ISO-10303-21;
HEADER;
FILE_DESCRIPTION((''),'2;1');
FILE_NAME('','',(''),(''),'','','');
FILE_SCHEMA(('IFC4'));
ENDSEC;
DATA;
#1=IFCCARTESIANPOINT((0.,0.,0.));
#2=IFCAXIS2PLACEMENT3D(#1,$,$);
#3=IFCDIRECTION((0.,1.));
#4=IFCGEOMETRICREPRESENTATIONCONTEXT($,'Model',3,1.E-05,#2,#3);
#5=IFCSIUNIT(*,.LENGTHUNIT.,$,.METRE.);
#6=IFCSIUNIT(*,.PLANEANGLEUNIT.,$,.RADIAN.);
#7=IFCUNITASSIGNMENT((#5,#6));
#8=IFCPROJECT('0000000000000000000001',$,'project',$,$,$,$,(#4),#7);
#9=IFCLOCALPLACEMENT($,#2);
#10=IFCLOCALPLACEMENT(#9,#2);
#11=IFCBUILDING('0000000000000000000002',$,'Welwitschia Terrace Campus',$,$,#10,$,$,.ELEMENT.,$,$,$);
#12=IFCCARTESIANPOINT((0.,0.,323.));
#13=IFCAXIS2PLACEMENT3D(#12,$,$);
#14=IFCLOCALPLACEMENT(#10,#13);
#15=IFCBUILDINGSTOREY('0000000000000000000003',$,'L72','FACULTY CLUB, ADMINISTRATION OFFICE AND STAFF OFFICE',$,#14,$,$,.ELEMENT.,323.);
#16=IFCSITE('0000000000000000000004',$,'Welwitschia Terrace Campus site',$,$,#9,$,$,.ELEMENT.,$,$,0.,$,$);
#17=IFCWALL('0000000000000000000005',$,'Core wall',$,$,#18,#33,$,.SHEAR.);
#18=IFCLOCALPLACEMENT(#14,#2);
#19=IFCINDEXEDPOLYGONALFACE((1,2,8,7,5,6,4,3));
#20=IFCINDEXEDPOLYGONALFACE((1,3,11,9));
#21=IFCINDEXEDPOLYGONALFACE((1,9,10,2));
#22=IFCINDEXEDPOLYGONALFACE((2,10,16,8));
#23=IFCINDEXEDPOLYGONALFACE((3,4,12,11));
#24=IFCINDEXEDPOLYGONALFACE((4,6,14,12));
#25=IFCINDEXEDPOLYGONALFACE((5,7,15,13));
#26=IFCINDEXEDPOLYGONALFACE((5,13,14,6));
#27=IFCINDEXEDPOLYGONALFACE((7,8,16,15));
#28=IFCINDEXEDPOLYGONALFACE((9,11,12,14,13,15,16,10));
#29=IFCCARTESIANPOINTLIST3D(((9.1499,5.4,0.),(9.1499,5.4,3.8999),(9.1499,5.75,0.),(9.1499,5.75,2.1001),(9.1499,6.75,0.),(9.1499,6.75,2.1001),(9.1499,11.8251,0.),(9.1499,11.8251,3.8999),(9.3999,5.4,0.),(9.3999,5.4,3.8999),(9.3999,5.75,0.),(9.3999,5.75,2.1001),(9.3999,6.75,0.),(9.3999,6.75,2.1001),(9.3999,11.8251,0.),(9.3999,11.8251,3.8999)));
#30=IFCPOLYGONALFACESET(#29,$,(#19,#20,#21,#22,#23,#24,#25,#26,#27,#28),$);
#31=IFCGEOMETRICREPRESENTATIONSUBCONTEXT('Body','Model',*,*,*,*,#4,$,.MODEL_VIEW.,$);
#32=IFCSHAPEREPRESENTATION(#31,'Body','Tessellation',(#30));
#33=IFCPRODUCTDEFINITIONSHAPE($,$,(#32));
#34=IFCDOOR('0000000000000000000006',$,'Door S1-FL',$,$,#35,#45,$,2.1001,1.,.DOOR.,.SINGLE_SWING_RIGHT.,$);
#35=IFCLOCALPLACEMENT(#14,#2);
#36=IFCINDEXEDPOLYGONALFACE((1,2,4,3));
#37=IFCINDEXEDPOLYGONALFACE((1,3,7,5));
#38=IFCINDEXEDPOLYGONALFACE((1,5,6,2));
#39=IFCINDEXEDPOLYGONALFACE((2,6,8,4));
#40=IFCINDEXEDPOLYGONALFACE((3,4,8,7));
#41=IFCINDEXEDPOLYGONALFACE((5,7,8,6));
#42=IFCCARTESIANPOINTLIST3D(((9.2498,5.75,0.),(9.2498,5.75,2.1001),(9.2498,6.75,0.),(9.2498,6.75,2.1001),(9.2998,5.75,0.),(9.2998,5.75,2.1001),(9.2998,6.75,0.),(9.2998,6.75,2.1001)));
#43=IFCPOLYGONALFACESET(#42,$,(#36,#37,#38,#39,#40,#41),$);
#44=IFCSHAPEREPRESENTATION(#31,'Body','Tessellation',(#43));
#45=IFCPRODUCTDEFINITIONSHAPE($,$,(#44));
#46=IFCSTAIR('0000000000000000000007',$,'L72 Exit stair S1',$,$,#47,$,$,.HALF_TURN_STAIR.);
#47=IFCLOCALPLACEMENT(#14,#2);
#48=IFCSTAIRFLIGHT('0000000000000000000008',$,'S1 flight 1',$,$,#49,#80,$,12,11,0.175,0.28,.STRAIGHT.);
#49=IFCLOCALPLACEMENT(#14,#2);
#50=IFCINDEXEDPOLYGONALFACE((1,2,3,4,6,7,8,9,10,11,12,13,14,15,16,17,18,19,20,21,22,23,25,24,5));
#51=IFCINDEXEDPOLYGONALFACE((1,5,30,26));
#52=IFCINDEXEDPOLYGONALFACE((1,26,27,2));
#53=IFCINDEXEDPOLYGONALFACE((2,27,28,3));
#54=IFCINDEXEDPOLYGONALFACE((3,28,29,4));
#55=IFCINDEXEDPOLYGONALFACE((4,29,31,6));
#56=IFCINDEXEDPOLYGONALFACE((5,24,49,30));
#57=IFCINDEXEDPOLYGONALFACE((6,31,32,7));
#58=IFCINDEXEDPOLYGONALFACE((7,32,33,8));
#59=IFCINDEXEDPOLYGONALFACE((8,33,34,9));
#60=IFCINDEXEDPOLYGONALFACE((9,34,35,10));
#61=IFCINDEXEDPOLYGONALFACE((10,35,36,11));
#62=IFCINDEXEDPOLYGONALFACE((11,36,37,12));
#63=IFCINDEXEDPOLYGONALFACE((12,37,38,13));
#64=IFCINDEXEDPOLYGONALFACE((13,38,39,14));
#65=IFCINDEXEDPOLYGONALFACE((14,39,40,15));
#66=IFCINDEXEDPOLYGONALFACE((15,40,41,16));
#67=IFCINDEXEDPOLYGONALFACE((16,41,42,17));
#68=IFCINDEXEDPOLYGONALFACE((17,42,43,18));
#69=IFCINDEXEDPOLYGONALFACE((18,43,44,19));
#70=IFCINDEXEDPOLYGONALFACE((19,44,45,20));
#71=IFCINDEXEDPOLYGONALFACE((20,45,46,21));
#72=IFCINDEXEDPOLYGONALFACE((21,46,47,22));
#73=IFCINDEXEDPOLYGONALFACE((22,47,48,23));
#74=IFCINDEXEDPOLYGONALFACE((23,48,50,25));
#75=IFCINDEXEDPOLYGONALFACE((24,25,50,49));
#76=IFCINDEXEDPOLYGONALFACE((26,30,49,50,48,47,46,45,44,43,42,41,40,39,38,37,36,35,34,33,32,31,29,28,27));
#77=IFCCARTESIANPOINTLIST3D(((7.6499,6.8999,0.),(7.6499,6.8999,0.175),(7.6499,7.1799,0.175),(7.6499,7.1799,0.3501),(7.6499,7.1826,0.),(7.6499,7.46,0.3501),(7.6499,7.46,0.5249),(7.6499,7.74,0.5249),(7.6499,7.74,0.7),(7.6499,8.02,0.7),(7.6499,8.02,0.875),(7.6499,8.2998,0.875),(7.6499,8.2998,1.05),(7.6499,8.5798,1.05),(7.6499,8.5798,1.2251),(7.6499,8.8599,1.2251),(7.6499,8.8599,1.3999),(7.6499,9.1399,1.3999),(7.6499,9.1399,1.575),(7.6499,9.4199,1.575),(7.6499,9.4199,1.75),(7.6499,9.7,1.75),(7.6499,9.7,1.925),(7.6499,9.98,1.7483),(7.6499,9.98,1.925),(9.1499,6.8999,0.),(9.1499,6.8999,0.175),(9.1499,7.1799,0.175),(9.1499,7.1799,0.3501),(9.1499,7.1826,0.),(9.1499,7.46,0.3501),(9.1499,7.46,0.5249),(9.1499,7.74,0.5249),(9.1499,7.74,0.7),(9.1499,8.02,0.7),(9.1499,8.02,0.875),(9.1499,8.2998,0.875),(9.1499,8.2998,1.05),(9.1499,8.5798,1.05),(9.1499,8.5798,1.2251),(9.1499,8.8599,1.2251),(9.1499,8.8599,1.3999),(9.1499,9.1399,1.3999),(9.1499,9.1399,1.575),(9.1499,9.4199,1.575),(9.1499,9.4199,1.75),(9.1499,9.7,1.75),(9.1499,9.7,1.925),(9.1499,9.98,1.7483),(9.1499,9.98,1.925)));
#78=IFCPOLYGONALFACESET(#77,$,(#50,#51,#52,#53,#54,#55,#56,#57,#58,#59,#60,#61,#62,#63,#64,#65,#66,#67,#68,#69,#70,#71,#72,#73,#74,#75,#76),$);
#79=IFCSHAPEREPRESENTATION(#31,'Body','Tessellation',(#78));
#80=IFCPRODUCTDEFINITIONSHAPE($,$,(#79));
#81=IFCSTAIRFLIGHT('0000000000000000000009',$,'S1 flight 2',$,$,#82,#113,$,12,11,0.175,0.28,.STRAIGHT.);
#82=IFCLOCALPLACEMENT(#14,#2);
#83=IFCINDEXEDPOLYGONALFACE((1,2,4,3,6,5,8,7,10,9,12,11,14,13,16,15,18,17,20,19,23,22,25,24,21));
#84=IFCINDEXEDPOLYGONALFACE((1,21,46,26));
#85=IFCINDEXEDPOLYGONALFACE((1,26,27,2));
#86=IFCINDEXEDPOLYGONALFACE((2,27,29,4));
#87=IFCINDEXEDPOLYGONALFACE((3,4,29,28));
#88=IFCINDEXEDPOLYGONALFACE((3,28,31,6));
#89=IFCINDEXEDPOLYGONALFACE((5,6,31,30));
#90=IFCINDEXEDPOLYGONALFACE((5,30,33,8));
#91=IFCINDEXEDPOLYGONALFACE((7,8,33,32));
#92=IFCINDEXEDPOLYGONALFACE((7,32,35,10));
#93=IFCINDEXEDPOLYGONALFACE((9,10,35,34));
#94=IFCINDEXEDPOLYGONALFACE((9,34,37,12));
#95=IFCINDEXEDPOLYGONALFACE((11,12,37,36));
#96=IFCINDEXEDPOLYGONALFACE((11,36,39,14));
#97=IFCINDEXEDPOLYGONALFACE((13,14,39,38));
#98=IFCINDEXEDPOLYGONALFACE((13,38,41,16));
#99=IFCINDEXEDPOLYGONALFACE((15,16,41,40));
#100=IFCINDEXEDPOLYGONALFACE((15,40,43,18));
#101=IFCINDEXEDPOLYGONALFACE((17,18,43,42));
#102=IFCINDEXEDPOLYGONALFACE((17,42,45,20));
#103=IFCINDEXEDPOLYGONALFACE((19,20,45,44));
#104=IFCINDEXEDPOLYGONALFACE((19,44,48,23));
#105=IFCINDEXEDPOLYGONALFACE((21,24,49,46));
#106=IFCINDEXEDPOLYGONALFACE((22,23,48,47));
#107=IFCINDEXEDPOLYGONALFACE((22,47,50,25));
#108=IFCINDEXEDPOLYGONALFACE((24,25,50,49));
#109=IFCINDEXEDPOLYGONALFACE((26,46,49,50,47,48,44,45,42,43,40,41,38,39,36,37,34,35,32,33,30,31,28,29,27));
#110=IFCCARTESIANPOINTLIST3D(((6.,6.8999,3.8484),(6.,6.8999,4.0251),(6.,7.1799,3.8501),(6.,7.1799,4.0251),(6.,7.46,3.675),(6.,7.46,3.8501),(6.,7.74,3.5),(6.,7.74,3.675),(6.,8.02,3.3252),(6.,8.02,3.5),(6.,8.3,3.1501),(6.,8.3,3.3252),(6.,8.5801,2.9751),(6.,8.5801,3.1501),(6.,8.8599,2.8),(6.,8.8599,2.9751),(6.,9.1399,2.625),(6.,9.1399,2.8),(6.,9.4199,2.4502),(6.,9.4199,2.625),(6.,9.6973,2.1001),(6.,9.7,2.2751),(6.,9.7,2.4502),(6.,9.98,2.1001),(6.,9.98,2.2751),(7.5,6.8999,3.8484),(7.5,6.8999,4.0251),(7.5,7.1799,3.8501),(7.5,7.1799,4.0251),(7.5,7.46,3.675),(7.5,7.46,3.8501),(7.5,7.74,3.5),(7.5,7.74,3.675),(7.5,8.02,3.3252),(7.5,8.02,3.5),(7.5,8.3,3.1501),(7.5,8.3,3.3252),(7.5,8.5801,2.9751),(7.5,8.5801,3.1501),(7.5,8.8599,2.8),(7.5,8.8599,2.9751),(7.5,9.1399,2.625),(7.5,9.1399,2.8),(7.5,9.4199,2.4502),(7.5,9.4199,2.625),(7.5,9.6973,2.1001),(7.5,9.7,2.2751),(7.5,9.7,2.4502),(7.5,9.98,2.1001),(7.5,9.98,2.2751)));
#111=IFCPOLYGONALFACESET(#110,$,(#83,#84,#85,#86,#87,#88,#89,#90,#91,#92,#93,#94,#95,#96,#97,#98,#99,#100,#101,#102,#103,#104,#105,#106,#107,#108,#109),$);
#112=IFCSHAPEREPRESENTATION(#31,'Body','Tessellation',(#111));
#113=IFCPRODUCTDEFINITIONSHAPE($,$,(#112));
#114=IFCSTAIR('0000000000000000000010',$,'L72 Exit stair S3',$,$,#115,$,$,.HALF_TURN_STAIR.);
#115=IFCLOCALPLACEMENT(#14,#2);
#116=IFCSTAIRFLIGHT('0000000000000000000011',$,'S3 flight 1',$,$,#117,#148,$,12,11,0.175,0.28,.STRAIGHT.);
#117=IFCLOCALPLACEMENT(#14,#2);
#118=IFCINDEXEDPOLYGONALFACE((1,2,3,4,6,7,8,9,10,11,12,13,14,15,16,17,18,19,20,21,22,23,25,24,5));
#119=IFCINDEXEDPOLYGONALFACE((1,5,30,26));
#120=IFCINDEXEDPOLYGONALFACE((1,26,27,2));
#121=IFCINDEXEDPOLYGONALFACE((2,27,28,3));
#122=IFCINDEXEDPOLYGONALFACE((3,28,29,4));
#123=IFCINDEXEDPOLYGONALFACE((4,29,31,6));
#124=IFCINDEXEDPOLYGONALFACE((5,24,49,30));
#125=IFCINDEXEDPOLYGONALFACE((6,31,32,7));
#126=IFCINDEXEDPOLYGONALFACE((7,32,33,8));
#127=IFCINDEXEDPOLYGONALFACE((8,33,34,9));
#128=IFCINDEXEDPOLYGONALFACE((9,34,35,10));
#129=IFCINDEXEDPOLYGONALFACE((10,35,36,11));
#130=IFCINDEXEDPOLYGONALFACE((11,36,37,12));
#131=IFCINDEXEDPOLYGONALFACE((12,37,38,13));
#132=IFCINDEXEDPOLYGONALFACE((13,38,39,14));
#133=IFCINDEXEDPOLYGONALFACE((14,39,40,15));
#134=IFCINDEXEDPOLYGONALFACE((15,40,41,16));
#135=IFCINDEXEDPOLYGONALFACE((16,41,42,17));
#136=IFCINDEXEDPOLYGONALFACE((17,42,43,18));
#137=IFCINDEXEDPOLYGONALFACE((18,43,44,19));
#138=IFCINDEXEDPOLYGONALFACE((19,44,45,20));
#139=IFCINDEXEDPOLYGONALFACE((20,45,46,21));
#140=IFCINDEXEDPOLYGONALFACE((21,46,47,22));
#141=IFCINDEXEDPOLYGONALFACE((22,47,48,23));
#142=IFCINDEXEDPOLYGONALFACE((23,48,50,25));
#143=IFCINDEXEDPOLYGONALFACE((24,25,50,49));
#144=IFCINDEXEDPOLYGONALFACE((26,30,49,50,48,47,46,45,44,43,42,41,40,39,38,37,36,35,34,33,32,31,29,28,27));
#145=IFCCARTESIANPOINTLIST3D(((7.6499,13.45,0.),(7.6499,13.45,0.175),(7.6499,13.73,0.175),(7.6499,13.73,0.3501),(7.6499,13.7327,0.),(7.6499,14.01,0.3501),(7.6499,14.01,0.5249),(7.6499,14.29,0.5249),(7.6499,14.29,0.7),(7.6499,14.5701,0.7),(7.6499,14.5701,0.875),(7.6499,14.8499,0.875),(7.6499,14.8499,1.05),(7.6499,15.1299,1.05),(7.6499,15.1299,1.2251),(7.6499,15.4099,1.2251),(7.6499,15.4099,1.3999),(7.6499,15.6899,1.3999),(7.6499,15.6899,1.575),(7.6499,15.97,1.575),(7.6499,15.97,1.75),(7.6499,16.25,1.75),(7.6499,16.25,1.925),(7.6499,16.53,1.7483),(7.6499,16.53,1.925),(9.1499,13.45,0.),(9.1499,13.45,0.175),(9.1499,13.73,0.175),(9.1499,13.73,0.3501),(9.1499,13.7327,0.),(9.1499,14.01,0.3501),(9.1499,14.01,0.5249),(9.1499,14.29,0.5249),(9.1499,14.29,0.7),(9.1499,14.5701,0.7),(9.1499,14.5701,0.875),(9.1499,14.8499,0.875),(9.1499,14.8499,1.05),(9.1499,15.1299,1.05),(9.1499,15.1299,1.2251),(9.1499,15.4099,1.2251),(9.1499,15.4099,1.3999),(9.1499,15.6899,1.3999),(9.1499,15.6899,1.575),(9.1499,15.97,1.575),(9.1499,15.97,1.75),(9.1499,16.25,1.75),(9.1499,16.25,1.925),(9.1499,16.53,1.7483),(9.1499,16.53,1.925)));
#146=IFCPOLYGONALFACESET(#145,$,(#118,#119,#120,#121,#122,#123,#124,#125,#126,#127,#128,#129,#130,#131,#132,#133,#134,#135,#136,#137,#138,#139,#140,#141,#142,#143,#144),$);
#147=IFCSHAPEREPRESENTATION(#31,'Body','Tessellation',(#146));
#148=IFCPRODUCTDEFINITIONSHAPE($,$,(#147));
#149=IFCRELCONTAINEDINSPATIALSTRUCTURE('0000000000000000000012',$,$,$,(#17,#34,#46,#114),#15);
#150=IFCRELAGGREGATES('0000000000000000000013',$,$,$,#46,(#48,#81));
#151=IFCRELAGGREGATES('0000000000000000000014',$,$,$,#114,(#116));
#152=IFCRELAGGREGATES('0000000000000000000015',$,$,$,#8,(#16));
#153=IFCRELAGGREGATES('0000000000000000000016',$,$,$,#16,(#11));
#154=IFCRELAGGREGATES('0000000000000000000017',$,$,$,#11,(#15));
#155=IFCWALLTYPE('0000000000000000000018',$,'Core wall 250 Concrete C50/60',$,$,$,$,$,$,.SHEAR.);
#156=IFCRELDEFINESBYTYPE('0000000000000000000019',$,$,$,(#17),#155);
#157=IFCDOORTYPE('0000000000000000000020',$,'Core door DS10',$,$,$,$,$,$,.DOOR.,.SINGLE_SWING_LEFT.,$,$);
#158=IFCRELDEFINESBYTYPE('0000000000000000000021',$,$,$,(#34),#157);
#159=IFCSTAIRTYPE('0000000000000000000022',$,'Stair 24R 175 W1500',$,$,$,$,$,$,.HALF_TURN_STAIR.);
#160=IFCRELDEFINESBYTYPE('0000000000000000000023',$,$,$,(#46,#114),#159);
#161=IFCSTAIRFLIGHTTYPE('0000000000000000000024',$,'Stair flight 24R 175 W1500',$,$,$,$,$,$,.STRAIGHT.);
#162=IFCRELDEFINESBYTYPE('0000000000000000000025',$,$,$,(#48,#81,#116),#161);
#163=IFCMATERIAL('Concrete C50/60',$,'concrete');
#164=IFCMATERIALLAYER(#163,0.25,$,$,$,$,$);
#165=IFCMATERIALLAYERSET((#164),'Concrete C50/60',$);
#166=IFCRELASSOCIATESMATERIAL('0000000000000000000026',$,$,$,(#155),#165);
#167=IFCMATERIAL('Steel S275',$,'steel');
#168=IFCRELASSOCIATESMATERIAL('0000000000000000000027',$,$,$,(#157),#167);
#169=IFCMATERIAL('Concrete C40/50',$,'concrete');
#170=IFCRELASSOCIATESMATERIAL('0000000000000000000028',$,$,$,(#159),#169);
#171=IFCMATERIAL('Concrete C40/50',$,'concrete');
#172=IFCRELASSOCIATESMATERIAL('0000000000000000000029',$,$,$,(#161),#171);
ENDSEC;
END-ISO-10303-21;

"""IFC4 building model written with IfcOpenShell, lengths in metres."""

from ifc_helpers import new_model, si_unit, direction, frame, frame_2d, origin, place, context, subcontext, project, spatial, polyline, rectangle, outline, extrude, material, layer, layer_set, type_object, element, fill, aggregate, save


model = new_model("IFC4")

# Units and contexts
model_context = context("Model", 3, precision=1e-05, world=origin(), true_north=direction((0.0, 1.0)))
body_context = subcontext(model_context, "Body", "Model", "MODEL_VIEW")
ifc_project = project(units=[si_unit("LENGTHUNIT", "METRE"), si_unit("PLANEANGLEUNIT", "RADIAN")], contexts=[model_context])

# Site, building, storey
site_placement = place(None, origin())
site = spatial("IfcSite", under=ifc_project, at=site_placement, Name="Welwitschia Terrace Campus site", CompositionType="ELEMENT", RefElevation=0.0)
building_placement = place(site_placement, origin())
building = spatial("IfcBuilding", under=site, at=building_placement, Name="Welwitschia Terrace Campus", CompositionType="ELEMENT")
storey_placement = place(building_placement, frame((0.0, 0.0, 323.0)))
storey = spatial("IfcBuildingStorey", under=building, at=storey_placement, Name="L72", Description="FACULTY CLUB, ADMINISTRATION OFFICE AND STAFF OFFICE", CompositionType="ELEMENT", Elevation=323.0)

# Shared definitions
ifc_material_1 = material(Name="Concrete C50/60", Category="concrete")
ifc_layer_1 = layer(ifc_material_1, 0.25)
ifc_layer_set_1 = layer_set([ifc_layer_1], Name="Concrete C50/60")
wall_type_1 = type_object("IfcWallType", Name="Core wall 250 Concrete C50/60", PredefinedType="SHEAR", material=ifc_layer_set_1)

# Wall, opening, door
wall_1_placement = place(storey_placement, frame((9.2749, 11.825, 0.0), z_axis=(0.0, 0.0, 1.0), x_axis=(0.0, -1.0, 0.0)))
wall_1 = element("IfcWall", 1, at=wall_1_placement, inside=storey, type_object=wall_type_1, Name="Core wall", PredefinedType="SHEAR", context=body_context, shape_type="SweptSolid", body=[
    extrude(rectangle(XDim=6.425, YDim=0.25, at=frame_2d((3.2124, 0.0))), origin(), (0.0, 0.0, 1.0), 3.8999),
])
opening_placement = place(wall_1_placement, frame((5.075, 0.0, 0.0)))
opening = element("IfcOpeningElement", 2, at=opening_placement, cuts=wall_1, PredefinedType="OPENING", context=body_context, shape_type="SweptSolid", body=[
    extrude(rectangle(XDim=1.0, YDim=2.1001, at=frame_2d((0.5, 1.05))), frame((0.0, 0.135, 0.0), z_axis=(0.0, -1.0, 0.0), x_axis=(1.0, 0.0, 0.0)), (0.0, 0.0, 1.0), 0.27),
])
ifc_material_2 = material(Name="Steel S275", Category="steel")
door_type = type_object("IfcDoorType", Name="Core door DS10", OperationType="SINGLE_SWING_LEFT", PredefinedType="DOOR", material=ifc_material_2)
door_placement = place(opening_placement, origin())
door = element("IfcDoor", 3, at=door_placement, inside=storey, type_object=door_type, Name="Door S1-FL", OperationType="SINGLE_SWING_RIGHT", OverallHeight=2.1001, OverallWidth=1.0, PredefinedType="DOOR", context=body_context, shape_type="SweptSolid", body=[
    extrude(rectangle(XDim=1.0, YDim=2.1001, at=frame_2d((0.5, 1.05))), frame((0.0, 0.0249, 0.0), z_axis=(0.0, -1.0, 0.0), x_axis=(1.0, 0.0, 0.0)), (0.0, 0.0, 1.0), 0.05),
])
fill(opening, door)

# Stair, stair flights
ifc_material_3 = material(Name="Concrete C40/50", Category="concrete")
stair_type = type_object("IfcStairType", Name="Stair 24R 175 W1500", PredefinedType="HALF_TURN_STAIR", material=ifc_material_3)
stair_1_placement = place(storey_placement, origin())
stair_1 = element("IfcStair", 4, at=stair_1_placement, inside=storey, type_object=stair_type, Name="L72 Exit stair S1", PredefinedType="HALF_TURN_STAIR")
ifc_material_4 = material(Name="Concrete C40/50", Category="concrete")
stair_flight_type = type_object("IfcStairFlightType", Name="Stair flight 24R 175 W1500", PredefinedType="STRAIGHT", material=ifc_material_4)
stair_flight_1_placement = place(storey_placement, frame((8.3999, 6.8999, 0.0), z_axis=(0.0, 0.0, 1.0), x_axis=(0.0, 1.0, 0.0)))
stair_flight_1 = element("IfcStairFlight", 5, at=stair_flight_1_placement, type_object=stair_flight_type, Name="S1 flight 1", NumberOfRisers=12, NumberOfTreads=11, PredefinedType="STRAIGHT", RiserHeight=0.175, TreadLength=0.28, context=body_context, shape_type="SweptSolid", body=[
    extrude(outline(polyline([(0.0, 0.0), (0.0, 0.175), (0.28, 0.175), (0.28, 0.3501), (0.5601, 0.3501), (0.5601, 0.5249), (0.8401, 0.5249), (0.8401, 0.7), (1.1201, 0.7), (1.1201, 0.875), (1.3999, 0.875), (1.3999, 1.05), (1.6799, 1.05), (1.6799, 1.2251), (1.96, 1.2251), (1.96, 1.3999), (2.24, 1.3999), (2.24, 1.575), (2.52, 1.575), (2.52, 1.75), (2.8, 1.75), (2.8, 1.925), (3.0801, 1.925), (3.0801, 2.1001), (3.0801, 1.7483), (0.2827, 0.0), (0.0, 0.0)])), frame((0.0, 0.75, 0.0), z_axis=(0.0, -1.0, 0.0), x_axis=(1.0, 0.0, 0.0)), (0.0, 0.0, 1.0), 1.5),
])
stair_flight_2_placement = place(storey_placement, frame((6.75, 9.98, 2.1001), z_axis=(0.0, 0.0, 1.0), x_axis=(0.0, -1.0, 0.0)))
stair_flight_2 = element("IfcStairFlight", 6, at=stair_flight_2_placement, type_object=stair_flight_type, Name="S1 flight 2", NumberOfRisers=12, NumberOfTreads=11, PredefinedType="STRAIGHT", RiserHeight=0.175, TreadLength=0.28, context=body_context, shape_type="SweptSolid", body=[
    extrude(outline(polyline([(0.0, 0.0), (0.0, 0.175), (0.28, 0.175), (0.28, 0.3501), (0.5601, 0.3501), (0.5601, 0.5249), (0.8401, 0.5249), (0.8401, 0.7), (1.1201, 0.7), (1.1201, 0.875), (1.3999, 0.875), (1.3999, 1.05), (1.6799, 1.05), (1.6799, 1.2251), (1.96, 1.2251), (1.96, 1.3999), (2.24, 1.3999), (2.24, 1.575), (2.52, 1.575), (2.52, 1.75), (2.8, 1.75), (2.8, 1.925), (3.0801, 1.925), (3.0801, 2.1001), (3.0801, 1.7483), (0.2827, 0.0), (0.0, 0.0)])), frame((0.0, 0.75, 0.0), z_axis=(0.0, -1.0, 0.0), x_axis=(1.0, 0.0, 0.0)), (0.0, 0.0, 1.0), 1.5),
])
aggregate(stair_1, [stair_flight_1, stair_flight_2])

# Stair, stair flight
stair_2_placement = place(storey_placement, origin())
stair_2 = element("IfcStair", 7, at=stair_2_placement, inside=storey, type_object=stair_type, Name="L72 Exit stair S3", PredefinedType="HALF_TURN_STAIR")
stair_flight_3_placement = place(storey_placement, frame((8.3999, 13.45, 0.0), z_axis=(0.0, 0.0, 1.0), x_axis=(0.0, 1.0, 0.0)))
stair_flight_3 = element("IfcStairFlight", 8, at=stair_flight_3_placement, type_object=stair_flight_type, Name="S3 flight 1", NumberOfRisers=12, NumberOfTreads=11, PredefinedType="STRAIGHT", RiserHeight=0.175, TreadLength=0.28, context=body_context, shape_type="SweptSolid", body=[
    extrude(outline(polyline([(0.0, 0.0), (0.0, 0.175), (0.28, 0.175), (0.28, 0.3501), (0.5601, 0.3501), (0.5601, 0.5249), (0.8401, 0.5249), (0.8401, 0.7), (1.1201, 0.7), (1.1201, 0.875), (1.3999, 0.875), (1.3999, 1.05), (1.6799, 1.05), (1.6799, 1.2251), (1.96, 1.2251), (1.96, 1.3999), (2.24, 1.3999), (2.24, 1.575), (2.52, 1.575), (2.52, 1.75), (2.8, 1.75), (2.8, 1.925), (3.0801, 1.925), (3.0801, 2.1001), (3.0801, 1.7483), (0.2827, 0.0), (0.0, 0.0)])), frame((0.0, 0.75, 0.0), z_axis=(0.0, -1.0, 0.0), x_axis=(1.0, 0.0, 0.0)), (0.0, 0.0, 1.0), 1.5),
])
aggregate(stair_2, [stair_flight_3])

save(model, "model.ifc")
